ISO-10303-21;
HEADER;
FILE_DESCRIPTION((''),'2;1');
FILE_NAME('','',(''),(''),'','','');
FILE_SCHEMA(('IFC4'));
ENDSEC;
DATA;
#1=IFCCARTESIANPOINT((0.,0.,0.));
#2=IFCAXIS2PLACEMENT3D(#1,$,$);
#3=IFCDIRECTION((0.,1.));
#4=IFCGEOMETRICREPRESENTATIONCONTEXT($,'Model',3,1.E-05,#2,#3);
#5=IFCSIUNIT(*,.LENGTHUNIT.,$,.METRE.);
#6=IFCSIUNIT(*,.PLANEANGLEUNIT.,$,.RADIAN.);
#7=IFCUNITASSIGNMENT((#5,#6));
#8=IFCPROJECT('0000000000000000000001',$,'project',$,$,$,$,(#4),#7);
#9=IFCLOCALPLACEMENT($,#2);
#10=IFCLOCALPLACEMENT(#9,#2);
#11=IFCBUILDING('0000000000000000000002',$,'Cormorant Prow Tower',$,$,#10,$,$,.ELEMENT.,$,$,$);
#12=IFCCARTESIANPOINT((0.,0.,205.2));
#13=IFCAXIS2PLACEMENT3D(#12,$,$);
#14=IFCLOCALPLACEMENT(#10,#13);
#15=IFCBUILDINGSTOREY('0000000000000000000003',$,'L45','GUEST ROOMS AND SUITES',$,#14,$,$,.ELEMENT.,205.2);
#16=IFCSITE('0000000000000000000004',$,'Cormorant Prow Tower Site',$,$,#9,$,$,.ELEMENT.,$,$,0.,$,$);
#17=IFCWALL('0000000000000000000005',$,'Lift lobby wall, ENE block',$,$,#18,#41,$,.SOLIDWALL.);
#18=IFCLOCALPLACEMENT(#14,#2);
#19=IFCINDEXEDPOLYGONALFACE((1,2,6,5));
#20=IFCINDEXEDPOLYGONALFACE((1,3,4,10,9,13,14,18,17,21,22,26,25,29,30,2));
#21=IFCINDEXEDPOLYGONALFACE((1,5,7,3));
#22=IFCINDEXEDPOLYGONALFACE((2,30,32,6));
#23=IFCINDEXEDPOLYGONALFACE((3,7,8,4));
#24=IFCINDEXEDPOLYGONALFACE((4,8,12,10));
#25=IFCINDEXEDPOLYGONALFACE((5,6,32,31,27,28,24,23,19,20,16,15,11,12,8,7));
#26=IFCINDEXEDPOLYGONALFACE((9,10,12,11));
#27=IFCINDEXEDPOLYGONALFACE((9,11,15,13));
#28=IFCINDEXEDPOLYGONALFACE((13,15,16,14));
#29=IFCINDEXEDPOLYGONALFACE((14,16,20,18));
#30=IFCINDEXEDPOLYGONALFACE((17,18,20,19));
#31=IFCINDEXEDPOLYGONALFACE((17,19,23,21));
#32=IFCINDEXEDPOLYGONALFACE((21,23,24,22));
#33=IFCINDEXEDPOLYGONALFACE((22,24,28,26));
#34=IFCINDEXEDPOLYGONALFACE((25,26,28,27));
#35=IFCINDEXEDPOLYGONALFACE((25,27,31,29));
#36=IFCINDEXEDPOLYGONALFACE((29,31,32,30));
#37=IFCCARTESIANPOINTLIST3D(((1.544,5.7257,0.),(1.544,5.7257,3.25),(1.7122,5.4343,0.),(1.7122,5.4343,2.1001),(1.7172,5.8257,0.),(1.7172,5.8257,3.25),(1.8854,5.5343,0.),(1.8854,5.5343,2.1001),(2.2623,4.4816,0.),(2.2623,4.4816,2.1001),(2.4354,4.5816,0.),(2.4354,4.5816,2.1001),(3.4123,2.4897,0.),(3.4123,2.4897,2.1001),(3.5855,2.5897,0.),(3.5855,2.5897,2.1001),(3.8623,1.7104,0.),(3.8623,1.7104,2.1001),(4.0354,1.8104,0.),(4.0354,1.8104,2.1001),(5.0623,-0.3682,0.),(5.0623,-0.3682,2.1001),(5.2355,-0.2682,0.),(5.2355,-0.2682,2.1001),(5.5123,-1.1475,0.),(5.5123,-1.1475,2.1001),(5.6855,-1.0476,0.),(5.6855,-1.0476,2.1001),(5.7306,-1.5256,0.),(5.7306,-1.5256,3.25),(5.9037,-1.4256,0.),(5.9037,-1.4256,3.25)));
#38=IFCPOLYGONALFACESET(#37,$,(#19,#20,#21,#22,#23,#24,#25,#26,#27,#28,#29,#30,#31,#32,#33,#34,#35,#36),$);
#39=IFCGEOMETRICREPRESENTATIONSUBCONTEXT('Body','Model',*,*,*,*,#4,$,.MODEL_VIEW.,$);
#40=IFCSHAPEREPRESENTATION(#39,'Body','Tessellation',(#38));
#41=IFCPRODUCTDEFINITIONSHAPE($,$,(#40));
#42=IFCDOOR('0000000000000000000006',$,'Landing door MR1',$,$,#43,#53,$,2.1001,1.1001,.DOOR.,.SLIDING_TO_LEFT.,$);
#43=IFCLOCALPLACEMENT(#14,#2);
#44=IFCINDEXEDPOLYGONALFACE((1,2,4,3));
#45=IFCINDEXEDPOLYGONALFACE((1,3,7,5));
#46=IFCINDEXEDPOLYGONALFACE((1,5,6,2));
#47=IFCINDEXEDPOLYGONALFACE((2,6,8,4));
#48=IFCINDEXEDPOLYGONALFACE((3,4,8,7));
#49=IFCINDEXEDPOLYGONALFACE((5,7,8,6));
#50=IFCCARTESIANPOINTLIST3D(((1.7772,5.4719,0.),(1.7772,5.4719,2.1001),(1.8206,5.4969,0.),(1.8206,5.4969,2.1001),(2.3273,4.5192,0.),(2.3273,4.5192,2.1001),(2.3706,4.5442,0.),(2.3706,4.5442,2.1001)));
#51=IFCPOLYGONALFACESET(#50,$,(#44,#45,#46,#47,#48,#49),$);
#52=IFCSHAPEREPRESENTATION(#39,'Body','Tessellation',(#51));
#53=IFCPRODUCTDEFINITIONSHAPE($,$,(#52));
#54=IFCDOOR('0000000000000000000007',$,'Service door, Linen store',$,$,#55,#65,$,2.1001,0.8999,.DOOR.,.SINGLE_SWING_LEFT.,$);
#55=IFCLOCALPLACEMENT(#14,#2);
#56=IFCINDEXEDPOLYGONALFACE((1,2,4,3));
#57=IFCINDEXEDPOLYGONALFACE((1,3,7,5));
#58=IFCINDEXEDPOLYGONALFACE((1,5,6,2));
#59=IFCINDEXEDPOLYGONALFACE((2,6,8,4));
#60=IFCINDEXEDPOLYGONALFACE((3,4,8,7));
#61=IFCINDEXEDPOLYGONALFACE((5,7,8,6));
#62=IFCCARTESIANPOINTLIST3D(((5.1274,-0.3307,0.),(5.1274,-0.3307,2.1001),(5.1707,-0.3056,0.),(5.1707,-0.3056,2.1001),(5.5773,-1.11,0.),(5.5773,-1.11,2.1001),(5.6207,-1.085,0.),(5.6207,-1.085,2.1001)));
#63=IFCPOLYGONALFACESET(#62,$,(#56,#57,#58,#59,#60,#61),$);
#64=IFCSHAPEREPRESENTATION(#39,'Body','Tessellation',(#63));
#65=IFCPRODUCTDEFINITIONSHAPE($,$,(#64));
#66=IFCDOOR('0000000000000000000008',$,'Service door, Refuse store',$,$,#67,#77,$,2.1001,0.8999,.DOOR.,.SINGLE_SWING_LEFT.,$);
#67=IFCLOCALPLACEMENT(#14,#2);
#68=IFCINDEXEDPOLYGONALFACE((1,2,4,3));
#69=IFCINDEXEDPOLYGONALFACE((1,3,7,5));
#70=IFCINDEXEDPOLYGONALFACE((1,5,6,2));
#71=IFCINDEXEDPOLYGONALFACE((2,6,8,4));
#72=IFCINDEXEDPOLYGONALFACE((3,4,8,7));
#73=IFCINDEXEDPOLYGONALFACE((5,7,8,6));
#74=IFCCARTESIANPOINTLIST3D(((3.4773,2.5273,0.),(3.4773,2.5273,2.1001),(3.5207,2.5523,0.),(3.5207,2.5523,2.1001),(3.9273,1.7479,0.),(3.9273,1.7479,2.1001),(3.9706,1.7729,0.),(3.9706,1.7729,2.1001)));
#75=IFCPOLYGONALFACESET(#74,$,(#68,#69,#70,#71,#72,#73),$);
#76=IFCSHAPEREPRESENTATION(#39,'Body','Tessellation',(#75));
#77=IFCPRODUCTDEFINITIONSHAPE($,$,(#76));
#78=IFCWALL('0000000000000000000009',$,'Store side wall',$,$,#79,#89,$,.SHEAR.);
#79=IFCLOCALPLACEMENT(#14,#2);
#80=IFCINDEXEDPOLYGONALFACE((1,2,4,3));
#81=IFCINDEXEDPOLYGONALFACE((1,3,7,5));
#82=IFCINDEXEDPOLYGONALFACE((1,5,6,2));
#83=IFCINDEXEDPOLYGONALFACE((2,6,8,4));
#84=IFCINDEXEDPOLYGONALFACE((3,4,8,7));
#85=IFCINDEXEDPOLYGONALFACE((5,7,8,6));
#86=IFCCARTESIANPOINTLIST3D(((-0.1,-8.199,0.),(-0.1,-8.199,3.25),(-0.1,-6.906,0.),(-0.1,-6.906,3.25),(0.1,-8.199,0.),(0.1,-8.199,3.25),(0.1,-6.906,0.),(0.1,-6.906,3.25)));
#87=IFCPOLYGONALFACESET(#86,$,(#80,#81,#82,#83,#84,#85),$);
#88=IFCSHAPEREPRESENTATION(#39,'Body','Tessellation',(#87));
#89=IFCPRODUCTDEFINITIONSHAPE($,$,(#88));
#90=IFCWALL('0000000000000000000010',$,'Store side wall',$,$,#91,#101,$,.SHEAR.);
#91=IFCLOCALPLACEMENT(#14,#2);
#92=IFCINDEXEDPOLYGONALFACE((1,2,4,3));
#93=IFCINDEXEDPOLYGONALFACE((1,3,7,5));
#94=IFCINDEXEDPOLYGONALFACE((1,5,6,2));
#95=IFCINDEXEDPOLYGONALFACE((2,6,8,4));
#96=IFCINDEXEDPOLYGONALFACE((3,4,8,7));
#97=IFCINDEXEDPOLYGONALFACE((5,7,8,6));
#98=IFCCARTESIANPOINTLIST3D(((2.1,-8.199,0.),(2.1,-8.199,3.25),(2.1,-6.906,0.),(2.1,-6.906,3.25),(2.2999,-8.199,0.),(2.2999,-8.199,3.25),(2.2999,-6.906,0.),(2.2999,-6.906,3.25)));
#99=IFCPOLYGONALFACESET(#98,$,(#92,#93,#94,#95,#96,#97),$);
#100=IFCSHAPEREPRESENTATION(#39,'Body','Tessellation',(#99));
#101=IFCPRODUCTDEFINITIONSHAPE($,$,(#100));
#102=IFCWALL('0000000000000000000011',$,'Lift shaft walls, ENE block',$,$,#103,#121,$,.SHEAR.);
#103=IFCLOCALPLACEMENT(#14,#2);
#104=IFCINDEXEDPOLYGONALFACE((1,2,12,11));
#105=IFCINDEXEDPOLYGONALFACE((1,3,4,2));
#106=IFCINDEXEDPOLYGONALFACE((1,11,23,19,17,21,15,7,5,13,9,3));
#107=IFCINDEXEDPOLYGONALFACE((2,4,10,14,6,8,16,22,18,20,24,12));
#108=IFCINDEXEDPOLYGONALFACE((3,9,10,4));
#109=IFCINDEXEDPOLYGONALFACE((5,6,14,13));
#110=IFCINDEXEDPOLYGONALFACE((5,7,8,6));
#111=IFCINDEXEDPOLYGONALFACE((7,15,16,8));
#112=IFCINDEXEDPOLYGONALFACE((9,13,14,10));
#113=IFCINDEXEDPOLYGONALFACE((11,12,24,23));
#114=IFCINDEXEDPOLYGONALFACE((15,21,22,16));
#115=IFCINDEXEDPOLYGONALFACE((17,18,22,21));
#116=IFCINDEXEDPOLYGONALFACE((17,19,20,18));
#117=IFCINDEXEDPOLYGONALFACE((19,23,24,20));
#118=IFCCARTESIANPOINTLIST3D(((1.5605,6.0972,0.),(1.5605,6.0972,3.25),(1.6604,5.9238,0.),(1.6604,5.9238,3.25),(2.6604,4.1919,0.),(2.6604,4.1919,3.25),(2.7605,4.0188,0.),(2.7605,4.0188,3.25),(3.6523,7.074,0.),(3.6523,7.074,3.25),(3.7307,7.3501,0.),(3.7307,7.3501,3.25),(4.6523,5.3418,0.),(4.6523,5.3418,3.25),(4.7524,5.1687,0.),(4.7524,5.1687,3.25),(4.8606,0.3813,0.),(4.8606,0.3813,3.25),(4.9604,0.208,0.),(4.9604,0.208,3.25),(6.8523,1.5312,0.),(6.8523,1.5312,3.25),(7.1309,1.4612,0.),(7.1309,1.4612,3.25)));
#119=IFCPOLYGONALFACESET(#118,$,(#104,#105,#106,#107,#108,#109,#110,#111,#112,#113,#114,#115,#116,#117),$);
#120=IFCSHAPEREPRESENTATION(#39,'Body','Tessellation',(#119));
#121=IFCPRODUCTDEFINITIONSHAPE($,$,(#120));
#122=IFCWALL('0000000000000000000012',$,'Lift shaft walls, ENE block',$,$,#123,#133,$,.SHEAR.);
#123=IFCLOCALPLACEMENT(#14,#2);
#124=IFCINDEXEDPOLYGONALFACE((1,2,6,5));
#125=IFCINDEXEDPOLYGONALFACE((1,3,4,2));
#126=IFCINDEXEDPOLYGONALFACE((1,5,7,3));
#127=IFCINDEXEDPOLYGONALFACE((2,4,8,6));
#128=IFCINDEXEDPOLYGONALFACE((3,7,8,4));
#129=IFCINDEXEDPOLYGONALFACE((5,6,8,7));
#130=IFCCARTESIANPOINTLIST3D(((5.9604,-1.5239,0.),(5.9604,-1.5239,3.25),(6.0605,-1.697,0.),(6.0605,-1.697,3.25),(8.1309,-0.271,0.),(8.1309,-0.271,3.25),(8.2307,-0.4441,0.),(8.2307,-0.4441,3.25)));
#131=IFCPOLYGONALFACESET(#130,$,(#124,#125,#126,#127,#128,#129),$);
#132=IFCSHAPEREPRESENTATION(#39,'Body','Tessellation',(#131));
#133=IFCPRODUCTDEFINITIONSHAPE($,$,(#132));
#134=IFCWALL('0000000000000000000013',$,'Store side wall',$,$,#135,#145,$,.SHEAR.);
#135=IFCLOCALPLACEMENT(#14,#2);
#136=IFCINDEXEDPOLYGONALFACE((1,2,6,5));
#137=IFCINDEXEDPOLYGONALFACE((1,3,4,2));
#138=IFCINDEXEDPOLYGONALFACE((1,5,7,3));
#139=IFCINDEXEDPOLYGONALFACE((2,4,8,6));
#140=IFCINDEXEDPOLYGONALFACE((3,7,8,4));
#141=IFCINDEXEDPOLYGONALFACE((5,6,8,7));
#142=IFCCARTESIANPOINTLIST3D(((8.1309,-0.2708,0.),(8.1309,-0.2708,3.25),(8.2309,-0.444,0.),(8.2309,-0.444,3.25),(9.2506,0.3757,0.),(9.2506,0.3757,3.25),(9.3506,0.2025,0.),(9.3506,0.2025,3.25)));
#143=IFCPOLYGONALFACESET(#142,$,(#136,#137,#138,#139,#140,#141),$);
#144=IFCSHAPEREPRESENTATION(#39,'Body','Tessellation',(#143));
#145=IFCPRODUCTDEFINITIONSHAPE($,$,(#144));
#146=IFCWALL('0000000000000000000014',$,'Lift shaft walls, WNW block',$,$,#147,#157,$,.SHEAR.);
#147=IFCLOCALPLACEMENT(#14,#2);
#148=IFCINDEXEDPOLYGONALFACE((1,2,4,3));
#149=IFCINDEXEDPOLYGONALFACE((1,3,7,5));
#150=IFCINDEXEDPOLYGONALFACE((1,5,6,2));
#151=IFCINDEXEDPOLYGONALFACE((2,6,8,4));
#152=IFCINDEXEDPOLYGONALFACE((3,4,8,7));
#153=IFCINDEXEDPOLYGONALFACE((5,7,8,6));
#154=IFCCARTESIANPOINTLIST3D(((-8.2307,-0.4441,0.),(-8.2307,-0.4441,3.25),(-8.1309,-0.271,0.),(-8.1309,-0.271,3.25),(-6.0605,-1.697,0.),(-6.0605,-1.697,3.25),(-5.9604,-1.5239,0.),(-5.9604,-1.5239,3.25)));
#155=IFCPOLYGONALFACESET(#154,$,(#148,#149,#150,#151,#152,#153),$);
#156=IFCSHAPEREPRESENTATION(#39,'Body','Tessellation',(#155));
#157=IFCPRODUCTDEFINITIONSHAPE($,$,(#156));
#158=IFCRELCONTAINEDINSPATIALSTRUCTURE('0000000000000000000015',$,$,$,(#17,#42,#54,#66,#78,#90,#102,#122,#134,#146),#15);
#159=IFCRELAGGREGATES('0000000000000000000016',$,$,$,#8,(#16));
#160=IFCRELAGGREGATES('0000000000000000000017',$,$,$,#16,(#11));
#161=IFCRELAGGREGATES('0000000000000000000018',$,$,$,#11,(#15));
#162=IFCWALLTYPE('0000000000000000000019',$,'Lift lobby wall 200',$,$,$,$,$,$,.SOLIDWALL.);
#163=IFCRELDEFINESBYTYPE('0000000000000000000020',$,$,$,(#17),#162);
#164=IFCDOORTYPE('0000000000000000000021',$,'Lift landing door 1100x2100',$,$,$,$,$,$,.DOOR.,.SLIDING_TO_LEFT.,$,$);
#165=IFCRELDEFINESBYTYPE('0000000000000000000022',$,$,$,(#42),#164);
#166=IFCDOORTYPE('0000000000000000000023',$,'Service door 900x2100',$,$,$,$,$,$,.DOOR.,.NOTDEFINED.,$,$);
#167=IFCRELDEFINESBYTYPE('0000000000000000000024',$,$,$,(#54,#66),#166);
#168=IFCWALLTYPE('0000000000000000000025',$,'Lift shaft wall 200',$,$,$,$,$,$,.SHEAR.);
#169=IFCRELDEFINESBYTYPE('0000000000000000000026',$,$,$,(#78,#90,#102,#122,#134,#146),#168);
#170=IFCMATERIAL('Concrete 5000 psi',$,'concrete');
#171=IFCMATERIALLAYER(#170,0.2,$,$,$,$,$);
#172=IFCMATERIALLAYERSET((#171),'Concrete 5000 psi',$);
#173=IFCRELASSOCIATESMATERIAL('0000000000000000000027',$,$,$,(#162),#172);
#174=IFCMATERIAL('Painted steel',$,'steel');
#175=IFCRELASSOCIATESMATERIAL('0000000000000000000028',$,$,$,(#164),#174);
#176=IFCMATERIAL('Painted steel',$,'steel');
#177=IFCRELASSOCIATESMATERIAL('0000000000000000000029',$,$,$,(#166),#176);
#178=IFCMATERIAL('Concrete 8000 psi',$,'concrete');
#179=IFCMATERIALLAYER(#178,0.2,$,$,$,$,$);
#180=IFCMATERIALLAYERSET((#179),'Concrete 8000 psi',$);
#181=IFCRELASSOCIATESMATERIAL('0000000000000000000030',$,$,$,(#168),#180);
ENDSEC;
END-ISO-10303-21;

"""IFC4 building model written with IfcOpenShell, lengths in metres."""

from ifc_helpers import new_model, si_unit, direction, frame, frame_2d, origin, place, context, subcontext, project, spatial, polyline, rectangle, outline, extrude, material, layer, layer_set, type_object, element, fill, save


model = new_model("IFC4")

# Units and contexts
model_context = context("Model", 3, precision=1e-05, world=origin(), true_north=direction((0.0, 1.0)))
body_context = subcontext(model_context, "Body", "Model", "MODEL_VIEW")
ifc_project = project(units=[si_unit("LENGTHUNIT", "METRE"), si_unit("PLANEANGLEUNIT", "RADIAN")], contexts=[model_context])

# Site, building, storey
site_placement = place(None, origin())
site = spatial("IfcSite", under=ifc_project, at=site_placement, Name="Cormorant Prow Tower Site", CompositionType="ELEMENT", RefElevation=0.0)
building_placement = place(site_placement, origin())
building = spatial("IfcBuilding", under=site, at=building_placement, Name="Cormorant Prow Tower", CompositionType="ELEMENT")
storey_placement = place(building_placement, frame((0.0, 0.0, 205.2)))
storey = spatial("IfcBuildingStorey", under=building, at=storey_placement, Name="L45", Description="GUEST ROOMS AND SUITES", CompositionType="ELEMENT", Elevation=205.2)

# Wall, openings, doors
ifc_material_1 = material(Name="Concrete 5000 psi", Category="concrete")
ifc_layer_1 = layer(ifc_material_1, 0.2)
ifc_layer_set_1 = layer_set([ifc_layer_1], Name="Concrete 5000 psi")
wall_type_1 = type_object("IfcWallType", Name="Lift lobby wall 200", PredefinedType="SOLIDWALL", material=ifc_layer_set_1)
wall_1_placement = place(storey_placement, frame((5.8171, -1.4756, 0.0), z_axis=(0.0, 0.0, 1.0), x_axis=(-0.500003, 0.866024, 0.0)))
wall_1 = element("IfcWall", 1, at=wall_1_placement, inside=storey, type_object=wall_type_1, Name="Lift lobby wall, ENE block", PredefinedType="SOLIDWALL", context=body_context, shape_type="SweptSolid", body=[
    extrude(rectangle(XDim=8.373, YDim=0.2, at=frame_2d((4.1865, 0.0))), origin(), (0.0, 0.0, 1.0), 3.25),
])
opening_1_placement = place(wall_1_placement, frame((0.4365, 0.0, 0.0)))
opening_1 = element("IfcOpeningElement", 2, at=opening_1_placement, cuts=wall_1, PredefinedType="OPENING", context=body_context, shape_type="SweptSolid", body=[
    extrude(rectangle(XDim=0.8999, YDim=2.1001, at=frame_2d((0.45, 1.05))), frame((0.0, 0.1099, 0.0), z_axis=(0.0, -1.0, 0.0), x_axis=(1.0, 0.0, 0.0)), (0.0, 0.0, 1.0), 0.22),
])
opening_2_placement = place(wall_1_placement, frame((3.7366, 0.0, 0.0)))
opening_2 = element("IfcOpeningElement", 3, at=opening_2_placement, cuts=wall_1, PredefinedType="OPENING", context=body_context, shape_type="SweptSolid", body=[
    extrude(rectangle(XDim=0.8999, YDim=2.1001, at=frame_2d((0.45, 1.05))), frame((0.0, 0.1099, 0.0), z_axis=(0.0, -1.0, 0.0), x_axis=(1.0, 0.0, 0.0)), (0.0, 0.0, 1.0), 0.22),
])
opening_3_placement = place(wall_1_placement, frame((6.9365, 0.0, 0.0)))
opening_3 = element("IfcOpeningElement", 4, at=opening_3_placement, cuts=wall_1, PredefinedType="OPENING", context=body_context, shape_type="SweptSolid", body=[
    extrude(rectangle(XDim=1.1001, YDim=2.1001, at=frame_2d((0.55, 1.05))), frame((0.0, 0.1099, 0.0), z_axis=(0.0, -1.0, 0.0), x_axis=(1.0, 0.0, 0.0)), (0.0, 0.0, 1.0), 0.22),
])
ifc_material_2 = material(Name="Painted steel", Category="steel")
door_type_1 = type_object("IfcDoorType", Name="Lift landing door 1100x2100", OperationType="SLIDING_TO_LEFT", PredefinedType="DOOR", material=ifc_material_2)
door_1_placement = place(opening_3_placement, origin())
door_1 = element("IfcDoor", 5, at=door_1_placement, inside=storey, type_object=door_type_1, Name="Landing door MR1", OperationType="SLIDING_TO_LEFT", OverallHeight=2.1001, OverallWidth=1.1001, PredefinedType="DOOR", context=body_context, shape_type="SweptSolid", body=[
    extrude(rectangle(XDim=1.1001, YDim=2.1001, at=frame_2d((0.55, 1.05))), frame((0.0, 0.0249, 0.0), z_axis=(0.0, -1.0, 0.0), x_axis=(1.0, 0.0, 0.0)), (0.0, 0.0, 1.0), 0.05),
])
fill(opening_3, door_1)
ifc_material_3 = material(Name="Painted steel", Category="steel")
door_type_2 = type_object("IfcDoorType", Name="Service door 900x2100", OperationType="NOTDEFINED", PredefinedType="DOOR", material=ifc_material_3)
door_2_placement = place(opening_1_placement, origin())
door_2 = element("IfcDoor", 6, at=door_2_placement, inside=storey, type_object=door_type_2, Name="Service door, Linen store", OperationType="SINGLE_SWING_LEFT", OverallHeight=2.1001, OverallWidth=0.8999, PredefinedType="DOOR", context=body_context, shape_type="SweptSolid", body=[
    extrude(rectangle(XDim=0.8999, YDim=2.1001, at=frame_2d((0.45, 1.05))), frame((0.0, 0.0249, 0.0), z_axis=(0.0, -1.0, 0.0), x_axis=(1.0, 0.0, 0.0)), (0.0, 0.0, 1.0), 0.05),
])
fill(opening_1, door_2)
door_3_placement = place(opening_2_placement, origin())
door_3 = element("IfcDoor", 7, at=door_3_placement, inside=storey, type_object=door_type_2, Name="Service door, Refuse store", OperationType="SINGLE_SWING_LEFT", OverallHeight=2.1001, OverallWidth=0.8999, PredefinedType="DOOR", context=body_context, shape_type="SweptSolid", body=[
    extrude(rectangle(XDim=0.8999, YDim=2.1001, at=frame_2d((0.45, 1.05))), frame((0.0, 0.0249, 0.0), z_axis=(0.0, -1.0, 0.0), x_axis=(1.0, 0.0, 0.0)), (0.0, 0.0, 1.0), 0.05),
])
fill(opening_2, door_3)

# Walls
ifc_material_4 = material(Name="Concrete 8000 psi", Category="concrete")
ifc_layer_2 = layer(ifc_material_4, 0.2)
ifc_layer_set_2 = layer_set([ifc_layer_2], Name="Concrete 8000 psi")
wall_type_2 = type_object("IfcWallType", Name="Lift shaft wall 200", PredefinedType="SHEAR", material=ifc_layer_set_2)
for number, where, z_axis, x_axis, name in (
    (8, (0.0, -6.906, 0.0), (0.0, 0.0, 1.0), (0.0, -1.0, 0.0), "Store side wall"),
    (9, (2.2, -6.906, 0.0), (0.0, 0.0, 1.0), (0.0, -1.0, 0.0), "Store side wall"),
):
    element("IfcWall", number, at=place(storey_placement, frame(where, z_axis=z_axis, x_axis=x_axis)), inside=storey, type_object=wall_type_2, Name=name, PredefinedType="SHEAR", context=body_context, shape_type="SweptSolid", body=[
        extrude(rectangle(XDim=1.293, YDim=0.2, at=frame_2d((0.6465, 0.0))), origin(), (0.0, 0.0, 1.0), 3.25),
    ])
wall_2_placement = place(storey_placement, origin())
element("IfcWall", 10, at=wall_2_placement, inside=storey, type_object=wall_type_2, Name="Lift shaft walls, ENE block", PredefinedType="SHEAR", context=body_context, shape_type="SweptSolid", body=[
    extrude(outline(polyline([(1.5605, 6.0972), (3.7307, 7.3501), (7.1309, 1.4612), (4.9604, 0.208), (4.8606, 0.3813), (6.8523, 1.5312), (4.7524, 5.1687), (2.7605, 4.0188), (2.6604, 4.1919), (4.6523, 5.3418), (3.6523, 7.074), (1.6604, 5.9238), (1.5605, 6.0972)])), origin(), (0.0, 0.0, 1.0), 3.25),
])
wall_3_placement = place(storey_placement, origin())
element("IfcWall", 11, at=wall_3_placement, inside=storey, type_object=wall_type_2, Name="Lift shaft walls, ENE block", PredefinedType="SHEAR", context=body_context, shape_type="SweptSolid", body=[
    extrude(outline(polyline([(8.2307, -0.4441), (6.0605, -1.697), (5.9604, -1.5239), (8.1309, -0.271), (8.2307, -0.4441)])), origin(), (0.0, 0.0, 1.0), 3.25),
])
wall_4_placement = place(storey_placement, frame((8.1809, -0.3574, 0.0), z_axis=(0.0, 0.0, 1.0), x_axis=(0.866003, 0.500038, 0.0)))
element("IfcWall", 12, at=wall_4_placement, inside=storey, type_object=wall_type_2, Name="Store side wall", PredefinedType="SHEAR", context=body_context, shape_type="SweptSolid", body=[
    extrude(rectangle(XDim=1.293, YDim=0.2, at=frame_2d((0.6465, 0.0))), origin(), (0.0, 0.0, 1.0), 3.25),
])
wall_5_placement = place(storey_placement, origin())
element("IfcWall", 13, at=wall_5_placement, inside=storey, type_object=wall_type_2, Name="Lift shaft walls, WNW block", PredefinedType="SHEAR", context=body_context, shape_type="SweptSolid", body=[
    extrude(outline(polyline([(-6.0605, -1.697), (-8.2307, -0.4441), (-8.1309, -0.271), (-5.9604, -1.5239), (-6.0605, -1.697)])), origin(), (0.0, 0.0, 1.0), 3.25),
])

save(model, "model.ifc")
